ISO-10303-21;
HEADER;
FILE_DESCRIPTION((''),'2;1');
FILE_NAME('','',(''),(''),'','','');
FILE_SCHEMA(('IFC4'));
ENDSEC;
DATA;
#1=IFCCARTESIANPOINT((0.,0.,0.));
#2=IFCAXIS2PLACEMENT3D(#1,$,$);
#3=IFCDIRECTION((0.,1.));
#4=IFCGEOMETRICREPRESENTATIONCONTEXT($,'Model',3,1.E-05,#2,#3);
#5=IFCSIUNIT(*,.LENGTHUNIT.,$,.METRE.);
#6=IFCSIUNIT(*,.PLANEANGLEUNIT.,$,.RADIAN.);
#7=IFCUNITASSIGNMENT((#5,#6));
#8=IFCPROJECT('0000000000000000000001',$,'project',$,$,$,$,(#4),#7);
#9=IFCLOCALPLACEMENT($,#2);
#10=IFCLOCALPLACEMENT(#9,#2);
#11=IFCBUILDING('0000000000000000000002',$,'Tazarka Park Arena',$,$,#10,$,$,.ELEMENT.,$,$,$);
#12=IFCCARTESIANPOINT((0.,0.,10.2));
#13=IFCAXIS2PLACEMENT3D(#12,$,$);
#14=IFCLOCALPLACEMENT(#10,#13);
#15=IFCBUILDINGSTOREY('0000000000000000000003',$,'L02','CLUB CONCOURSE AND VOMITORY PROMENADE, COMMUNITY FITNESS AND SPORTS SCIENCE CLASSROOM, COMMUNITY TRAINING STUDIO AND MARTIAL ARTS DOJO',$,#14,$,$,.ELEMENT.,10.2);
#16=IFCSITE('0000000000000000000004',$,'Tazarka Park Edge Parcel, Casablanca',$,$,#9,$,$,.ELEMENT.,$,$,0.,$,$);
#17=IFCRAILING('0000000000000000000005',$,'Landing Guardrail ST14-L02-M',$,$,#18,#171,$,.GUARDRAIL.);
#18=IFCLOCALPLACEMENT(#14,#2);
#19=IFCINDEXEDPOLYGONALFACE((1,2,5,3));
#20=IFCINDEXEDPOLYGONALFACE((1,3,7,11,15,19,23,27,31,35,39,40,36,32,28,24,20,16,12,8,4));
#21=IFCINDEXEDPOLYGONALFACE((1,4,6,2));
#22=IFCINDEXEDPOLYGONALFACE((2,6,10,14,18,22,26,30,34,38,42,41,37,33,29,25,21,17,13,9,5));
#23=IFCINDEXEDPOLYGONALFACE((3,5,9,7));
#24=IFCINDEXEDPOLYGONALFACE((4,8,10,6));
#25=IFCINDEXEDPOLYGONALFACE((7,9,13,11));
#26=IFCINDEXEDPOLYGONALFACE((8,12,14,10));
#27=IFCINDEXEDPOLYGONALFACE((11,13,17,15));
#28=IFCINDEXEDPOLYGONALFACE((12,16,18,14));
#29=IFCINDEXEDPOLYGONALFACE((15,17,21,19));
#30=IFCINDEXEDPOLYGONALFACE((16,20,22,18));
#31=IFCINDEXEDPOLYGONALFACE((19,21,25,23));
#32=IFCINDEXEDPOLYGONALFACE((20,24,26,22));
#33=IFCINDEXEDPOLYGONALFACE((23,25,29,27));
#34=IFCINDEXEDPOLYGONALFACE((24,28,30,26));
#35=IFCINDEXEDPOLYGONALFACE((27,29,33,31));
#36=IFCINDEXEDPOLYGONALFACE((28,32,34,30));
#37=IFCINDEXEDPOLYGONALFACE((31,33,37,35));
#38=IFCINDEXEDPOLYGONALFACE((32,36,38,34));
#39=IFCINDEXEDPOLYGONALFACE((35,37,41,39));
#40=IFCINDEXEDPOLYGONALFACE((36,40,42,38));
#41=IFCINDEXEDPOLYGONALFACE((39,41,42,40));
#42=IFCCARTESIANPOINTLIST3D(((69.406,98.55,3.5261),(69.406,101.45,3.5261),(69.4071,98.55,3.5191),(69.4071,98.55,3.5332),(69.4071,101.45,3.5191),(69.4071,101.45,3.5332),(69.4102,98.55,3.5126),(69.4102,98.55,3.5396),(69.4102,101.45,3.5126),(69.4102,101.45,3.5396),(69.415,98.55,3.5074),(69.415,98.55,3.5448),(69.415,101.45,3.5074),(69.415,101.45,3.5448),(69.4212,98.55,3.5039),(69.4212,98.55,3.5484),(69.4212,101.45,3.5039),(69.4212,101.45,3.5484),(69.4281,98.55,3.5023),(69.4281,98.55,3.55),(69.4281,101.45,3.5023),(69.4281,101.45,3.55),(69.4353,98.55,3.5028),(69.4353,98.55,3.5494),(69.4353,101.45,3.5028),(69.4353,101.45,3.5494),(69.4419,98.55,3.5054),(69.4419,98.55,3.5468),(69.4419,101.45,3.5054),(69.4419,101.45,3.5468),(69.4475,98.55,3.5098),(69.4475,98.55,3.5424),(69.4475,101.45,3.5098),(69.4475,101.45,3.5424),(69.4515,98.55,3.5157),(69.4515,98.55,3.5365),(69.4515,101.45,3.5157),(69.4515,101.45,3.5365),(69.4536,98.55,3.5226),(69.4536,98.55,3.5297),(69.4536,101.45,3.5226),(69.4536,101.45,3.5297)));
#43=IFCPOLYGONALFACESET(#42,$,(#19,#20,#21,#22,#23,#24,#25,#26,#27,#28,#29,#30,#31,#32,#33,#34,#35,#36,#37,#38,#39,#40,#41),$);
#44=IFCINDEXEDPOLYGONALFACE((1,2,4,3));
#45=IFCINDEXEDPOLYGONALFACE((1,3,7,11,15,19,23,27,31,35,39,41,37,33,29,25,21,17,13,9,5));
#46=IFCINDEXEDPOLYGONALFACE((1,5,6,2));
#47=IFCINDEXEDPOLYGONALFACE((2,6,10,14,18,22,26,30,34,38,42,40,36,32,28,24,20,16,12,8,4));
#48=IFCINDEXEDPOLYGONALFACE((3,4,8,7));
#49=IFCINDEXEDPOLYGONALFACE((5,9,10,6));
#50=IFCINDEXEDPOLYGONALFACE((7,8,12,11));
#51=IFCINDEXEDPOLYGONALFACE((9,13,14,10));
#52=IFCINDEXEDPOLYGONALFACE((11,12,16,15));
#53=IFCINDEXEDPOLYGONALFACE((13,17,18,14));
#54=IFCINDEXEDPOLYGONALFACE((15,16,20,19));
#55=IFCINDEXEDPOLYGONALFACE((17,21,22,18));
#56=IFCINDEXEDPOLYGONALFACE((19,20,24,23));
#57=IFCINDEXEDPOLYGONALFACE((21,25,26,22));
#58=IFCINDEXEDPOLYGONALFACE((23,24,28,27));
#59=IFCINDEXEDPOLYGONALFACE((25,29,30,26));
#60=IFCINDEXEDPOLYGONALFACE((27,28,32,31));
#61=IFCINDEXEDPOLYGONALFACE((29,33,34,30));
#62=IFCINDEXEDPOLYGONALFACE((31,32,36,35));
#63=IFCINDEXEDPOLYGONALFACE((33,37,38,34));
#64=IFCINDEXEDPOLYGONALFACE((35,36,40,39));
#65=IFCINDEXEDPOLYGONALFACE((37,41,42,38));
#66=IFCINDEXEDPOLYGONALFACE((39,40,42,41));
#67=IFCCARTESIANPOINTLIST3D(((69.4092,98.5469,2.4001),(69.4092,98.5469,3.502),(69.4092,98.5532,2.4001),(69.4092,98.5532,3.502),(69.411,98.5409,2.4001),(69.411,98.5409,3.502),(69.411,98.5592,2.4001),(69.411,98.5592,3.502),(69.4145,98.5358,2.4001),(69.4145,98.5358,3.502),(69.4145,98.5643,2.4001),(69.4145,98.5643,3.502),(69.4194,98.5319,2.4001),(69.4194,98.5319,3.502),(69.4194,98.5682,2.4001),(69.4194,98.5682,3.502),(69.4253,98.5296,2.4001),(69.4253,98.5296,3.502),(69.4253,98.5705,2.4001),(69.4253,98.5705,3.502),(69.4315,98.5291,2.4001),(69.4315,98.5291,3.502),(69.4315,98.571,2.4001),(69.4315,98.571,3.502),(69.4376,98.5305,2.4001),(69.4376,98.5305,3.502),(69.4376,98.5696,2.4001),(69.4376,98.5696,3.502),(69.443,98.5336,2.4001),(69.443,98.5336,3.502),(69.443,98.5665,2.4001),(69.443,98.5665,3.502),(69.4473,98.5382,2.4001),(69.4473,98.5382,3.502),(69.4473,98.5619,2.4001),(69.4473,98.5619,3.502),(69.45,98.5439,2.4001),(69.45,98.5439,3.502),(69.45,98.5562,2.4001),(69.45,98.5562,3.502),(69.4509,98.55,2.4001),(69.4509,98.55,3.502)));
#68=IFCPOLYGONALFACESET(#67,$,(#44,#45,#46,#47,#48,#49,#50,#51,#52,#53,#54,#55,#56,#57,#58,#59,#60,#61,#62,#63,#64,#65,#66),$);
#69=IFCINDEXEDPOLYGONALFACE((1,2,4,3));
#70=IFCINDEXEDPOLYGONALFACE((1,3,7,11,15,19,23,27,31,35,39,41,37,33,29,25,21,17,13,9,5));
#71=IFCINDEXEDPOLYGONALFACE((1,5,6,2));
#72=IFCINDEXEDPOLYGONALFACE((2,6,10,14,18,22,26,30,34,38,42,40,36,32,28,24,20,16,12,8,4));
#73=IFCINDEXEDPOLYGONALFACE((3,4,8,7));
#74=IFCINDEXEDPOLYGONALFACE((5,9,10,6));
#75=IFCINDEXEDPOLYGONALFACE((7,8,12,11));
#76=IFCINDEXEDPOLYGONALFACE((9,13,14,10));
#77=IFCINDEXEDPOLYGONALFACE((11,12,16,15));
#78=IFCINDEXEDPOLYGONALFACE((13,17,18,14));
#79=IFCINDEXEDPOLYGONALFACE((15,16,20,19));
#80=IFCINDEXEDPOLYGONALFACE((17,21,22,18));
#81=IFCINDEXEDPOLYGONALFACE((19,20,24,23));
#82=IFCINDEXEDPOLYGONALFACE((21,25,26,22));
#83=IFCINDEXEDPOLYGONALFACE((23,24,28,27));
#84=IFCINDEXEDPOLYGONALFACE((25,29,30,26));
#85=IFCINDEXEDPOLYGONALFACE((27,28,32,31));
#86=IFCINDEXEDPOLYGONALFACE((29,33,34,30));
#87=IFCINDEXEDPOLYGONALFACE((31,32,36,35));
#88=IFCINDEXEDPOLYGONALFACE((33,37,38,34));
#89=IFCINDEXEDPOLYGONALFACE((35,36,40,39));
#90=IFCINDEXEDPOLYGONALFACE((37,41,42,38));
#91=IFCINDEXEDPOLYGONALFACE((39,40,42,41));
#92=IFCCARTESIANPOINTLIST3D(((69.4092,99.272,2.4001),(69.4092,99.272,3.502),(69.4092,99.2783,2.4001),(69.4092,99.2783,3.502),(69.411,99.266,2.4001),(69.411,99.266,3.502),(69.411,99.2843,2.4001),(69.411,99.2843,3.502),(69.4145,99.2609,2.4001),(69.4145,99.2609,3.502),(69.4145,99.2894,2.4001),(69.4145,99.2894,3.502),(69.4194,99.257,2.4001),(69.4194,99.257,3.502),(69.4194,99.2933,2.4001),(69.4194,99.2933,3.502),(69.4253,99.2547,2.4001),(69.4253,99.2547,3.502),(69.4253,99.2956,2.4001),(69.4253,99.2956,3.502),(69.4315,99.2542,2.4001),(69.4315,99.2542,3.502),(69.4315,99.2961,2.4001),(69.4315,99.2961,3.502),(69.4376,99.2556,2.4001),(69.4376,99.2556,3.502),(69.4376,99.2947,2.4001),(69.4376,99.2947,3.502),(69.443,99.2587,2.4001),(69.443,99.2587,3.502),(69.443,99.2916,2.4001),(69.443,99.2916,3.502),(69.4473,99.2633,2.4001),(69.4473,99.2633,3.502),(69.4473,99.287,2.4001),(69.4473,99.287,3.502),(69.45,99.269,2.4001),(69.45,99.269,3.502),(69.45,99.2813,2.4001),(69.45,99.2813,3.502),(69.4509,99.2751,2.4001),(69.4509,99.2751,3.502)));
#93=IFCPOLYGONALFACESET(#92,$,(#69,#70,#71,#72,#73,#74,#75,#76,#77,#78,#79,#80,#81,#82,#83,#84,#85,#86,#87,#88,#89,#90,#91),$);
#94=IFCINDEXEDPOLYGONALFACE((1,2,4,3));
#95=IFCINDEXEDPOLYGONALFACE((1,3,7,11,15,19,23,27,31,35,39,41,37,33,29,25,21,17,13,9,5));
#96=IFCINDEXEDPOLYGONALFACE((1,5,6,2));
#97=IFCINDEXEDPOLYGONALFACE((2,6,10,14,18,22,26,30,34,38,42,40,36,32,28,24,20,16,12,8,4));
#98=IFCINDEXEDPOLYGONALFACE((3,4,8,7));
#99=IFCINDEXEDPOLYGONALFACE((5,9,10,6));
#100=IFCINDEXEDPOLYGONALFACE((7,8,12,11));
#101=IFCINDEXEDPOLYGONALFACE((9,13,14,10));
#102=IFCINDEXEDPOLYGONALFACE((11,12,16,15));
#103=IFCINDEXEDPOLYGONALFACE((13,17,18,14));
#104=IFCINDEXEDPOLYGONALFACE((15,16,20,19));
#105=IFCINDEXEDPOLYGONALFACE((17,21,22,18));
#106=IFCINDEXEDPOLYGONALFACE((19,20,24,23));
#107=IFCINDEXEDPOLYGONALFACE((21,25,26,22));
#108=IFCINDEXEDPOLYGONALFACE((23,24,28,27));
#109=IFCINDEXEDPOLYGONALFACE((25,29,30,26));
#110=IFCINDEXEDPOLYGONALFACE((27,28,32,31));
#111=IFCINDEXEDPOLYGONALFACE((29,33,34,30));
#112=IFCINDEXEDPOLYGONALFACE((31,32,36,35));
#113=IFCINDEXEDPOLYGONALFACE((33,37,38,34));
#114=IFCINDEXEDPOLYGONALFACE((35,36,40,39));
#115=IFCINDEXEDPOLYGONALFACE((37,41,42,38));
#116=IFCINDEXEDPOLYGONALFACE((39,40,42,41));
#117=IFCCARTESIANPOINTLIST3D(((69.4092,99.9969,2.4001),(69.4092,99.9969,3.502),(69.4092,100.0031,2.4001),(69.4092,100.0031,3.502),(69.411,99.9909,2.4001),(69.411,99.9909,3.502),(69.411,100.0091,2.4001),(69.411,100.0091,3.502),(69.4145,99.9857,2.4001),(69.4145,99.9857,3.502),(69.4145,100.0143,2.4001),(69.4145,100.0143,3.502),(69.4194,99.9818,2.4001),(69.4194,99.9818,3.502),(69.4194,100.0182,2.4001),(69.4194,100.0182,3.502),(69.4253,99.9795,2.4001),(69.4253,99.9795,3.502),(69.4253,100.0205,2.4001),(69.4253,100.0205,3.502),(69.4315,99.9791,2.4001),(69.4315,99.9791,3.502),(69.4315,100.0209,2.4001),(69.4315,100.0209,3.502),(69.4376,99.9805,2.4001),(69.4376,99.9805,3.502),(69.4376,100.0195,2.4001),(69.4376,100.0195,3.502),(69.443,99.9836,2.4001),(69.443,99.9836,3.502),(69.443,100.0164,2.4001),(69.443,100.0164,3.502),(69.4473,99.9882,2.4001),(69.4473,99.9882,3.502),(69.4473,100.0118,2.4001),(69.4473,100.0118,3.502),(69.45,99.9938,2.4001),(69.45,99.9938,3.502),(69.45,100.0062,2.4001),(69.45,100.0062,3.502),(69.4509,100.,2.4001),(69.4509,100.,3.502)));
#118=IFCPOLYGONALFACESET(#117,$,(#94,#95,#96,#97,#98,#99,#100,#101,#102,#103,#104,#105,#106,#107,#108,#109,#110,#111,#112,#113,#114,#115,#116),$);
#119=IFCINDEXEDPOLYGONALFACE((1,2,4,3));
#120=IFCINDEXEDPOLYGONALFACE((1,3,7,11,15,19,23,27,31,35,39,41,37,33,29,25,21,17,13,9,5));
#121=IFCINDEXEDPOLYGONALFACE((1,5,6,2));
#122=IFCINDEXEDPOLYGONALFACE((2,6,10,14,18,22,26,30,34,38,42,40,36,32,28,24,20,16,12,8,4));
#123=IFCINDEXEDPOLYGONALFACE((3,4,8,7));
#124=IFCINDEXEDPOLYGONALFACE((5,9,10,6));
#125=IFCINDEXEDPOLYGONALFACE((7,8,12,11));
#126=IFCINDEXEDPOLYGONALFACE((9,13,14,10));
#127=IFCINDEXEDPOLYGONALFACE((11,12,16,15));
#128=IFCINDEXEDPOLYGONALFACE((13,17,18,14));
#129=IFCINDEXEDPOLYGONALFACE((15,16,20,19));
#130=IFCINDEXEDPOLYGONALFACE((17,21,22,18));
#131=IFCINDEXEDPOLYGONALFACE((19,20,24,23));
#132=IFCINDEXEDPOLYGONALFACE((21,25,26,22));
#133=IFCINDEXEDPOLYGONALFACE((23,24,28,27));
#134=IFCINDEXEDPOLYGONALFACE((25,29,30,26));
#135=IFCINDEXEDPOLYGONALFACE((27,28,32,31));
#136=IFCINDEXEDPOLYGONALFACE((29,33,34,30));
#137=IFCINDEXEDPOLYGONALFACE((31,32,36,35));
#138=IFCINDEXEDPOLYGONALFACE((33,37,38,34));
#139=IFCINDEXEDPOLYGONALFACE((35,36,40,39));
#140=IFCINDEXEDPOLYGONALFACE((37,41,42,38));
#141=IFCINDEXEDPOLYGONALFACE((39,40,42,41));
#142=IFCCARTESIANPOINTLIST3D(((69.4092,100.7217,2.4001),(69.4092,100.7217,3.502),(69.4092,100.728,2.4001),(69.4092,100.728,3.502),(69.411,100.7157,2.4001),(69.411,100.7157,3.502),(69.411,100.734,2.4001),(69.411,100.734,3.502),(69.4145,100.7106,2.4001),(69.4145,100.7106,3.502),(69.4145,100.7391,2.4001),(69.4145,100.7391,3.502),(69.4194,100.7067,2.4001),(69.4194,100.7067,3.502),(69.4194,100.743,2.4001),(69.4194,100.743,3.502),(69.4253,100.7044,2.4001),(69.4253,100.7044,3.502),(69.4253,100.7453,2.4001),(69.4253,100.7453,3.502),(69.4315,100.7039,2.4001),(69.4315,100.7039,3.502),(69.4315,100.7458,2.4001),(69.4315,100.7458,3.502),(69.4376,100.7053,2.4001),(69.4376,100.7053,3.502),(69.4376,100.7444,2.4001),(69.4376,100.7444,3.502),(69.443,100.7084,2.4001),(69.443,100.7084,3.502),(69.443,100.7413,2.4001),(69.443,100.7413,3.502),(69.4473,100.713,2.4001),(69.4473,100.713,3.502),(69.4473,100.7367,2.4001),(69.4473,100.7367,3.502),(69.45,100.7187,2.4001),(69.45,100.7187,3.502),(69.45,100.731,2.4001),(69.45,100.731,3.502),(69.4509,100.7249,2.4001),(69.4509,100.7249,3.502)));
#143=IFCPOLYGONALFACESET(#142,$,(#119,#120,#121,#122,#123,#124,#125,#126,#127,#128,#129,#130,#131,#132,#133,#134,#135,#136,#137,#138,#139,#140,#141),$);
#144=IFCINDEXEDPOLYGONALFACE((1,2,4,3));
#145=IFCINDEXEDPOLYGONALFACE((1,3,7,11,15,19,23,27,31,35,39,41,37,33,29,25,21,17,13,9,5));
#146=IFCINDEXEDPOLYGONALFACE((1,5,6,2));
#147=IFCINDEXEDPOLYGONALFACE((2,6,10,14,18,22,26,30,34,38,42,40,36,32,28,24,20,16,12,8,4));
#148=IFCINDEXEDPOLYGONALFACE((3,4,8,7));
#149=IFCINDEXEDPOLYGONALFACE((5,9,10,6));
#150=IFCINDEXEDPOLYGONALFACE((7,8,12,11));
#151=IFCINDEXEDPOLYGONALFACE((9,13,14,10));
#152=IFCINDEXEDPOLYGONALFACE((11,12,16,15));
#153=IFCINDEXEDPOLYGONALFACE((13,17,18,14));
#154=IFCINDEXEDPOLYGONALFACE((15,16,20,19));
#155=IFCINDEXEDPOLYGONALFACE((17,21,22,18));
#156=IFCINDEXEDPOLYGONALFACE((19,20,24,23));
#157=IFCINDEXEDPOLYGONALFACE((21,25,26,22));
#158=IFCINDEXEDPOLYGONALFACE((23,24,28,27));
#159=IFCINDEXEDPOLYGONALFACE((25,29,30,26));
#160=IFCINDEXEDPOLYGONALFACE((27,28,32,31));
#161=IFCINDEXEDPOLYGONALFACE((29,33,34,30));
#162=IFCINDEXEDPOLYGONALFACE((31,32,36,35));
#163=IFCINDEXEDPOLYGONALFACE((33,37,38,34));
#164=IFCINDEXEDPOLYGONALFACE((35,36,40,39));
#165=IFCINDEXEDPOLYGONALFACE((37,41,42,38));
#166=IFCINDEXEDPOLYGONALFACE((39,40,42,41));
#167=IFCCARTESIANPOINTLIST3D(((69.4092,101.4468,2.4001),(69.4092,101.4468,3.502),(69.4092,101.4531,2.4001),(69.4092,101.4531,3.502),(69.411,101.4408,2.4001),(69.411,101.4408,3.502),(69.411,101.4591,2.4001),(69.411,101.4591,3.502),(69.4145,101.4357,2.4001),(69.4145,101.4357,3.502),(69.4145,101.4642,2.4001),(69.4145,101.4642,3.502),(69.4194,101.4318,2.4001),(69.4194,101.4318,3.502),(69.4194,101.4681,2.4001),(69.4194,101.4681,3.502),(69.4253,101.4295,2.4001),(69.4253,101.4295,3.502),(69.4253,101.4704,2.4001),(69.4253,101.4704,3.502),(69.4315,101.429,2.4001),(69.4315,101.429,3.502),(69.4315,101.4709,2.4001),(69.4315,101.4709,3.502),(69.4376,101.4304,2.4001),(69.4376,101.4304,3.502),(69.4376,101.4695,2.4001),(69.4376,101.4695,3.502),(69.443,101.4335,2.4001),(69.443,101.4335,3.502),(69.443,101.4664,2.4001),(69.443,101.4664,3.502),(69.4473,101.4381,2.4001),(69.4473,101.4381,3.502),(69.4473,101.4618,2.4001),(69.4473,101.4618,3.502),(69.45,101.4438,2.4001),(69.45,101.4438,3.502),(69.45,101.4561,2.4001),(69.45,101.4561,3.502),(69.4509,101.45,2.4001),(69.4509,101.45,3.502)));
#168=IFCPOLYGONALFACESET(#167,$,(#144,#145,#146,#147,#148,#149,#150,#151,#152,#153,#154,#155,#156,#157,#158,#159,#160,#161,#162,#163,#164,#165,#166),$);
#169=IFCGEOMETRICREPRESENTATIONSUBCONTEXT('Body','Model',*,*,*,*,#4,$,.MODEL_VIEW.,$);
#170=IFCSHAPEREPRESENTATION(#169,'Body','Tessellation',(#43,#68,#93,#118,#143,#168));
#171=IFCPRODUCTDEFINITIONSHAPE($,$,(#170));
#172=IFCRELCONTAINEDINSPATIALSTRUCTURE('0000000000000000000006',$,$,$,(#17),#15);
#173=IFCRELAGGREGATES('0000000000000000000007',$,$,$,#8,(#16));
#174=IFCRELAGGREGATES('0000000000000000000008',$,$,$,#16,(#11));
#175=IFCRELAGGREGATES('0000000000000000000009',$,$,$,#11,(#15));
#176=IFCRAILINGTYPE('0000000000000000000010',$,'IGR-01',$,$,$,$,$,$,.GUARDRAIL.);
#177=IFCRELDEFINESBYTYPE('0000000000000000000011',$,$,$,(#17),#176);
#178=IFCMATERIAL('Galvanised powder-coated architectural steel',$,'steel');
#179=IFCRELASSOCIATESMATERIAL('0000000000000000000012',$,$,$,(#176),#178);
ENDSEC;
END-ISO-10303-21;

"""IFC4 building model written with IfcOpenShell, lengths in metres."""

from ifc_helpers import new_model, si_unit, direction, frame, origin, origin_2d, place, context, subcontext, project, spatial, circle, extrude, material, type_object, element, save


model = new_model("IFC4")

# Units and contexts
model_context = context("Model", 3, precision=1e-05, world=origin(), true_north=direction((0.0, 1.0)))
body_context = subcontext(model_context, "Body", "Model", "MODEL_VIEW")
ifc_project = project(units=[si_unit("LENGTHUNIT", "METRE"), si_unit("PLANEANGLEUNIT", "RADIAN")], contexts=[model_context])

# Site, building, storey
site_placement = place(None, origin())
site = spatial("IfcSite", under=ifc_project, at=site_placement, Name="Tazarka Park Edge Parcel, Casablanca", CompositionType="ELEMENT", RefElevation=0.0)
building_placement = place(site_placement, origin())
building = spatial("IfcBuilding", under=site, at=building_placement, Name="Tazarka Park Arena", CompositionType="ELEMENT")
storey_placement = place(building_placement, frame((0.0, 0.0, 10.2)))
storey = spatial("IfcBuildingStorey", under=building, at=storey_placement, Name="L02", Description="CLUB CONCOURSE AND VOMITORY PROMENADE, COMMUNITY FITNESS AND SPORTS SCIENCE CLASSROOM, COMMUNITY TRAINING STUDIO AND MARTIAL ARTS DOJO", CompositionType="ELEMENT", Elevation=10.2)

# Railing
ifc_material_1 = material(Name="Galvanised powder-coated architectural steel", Category="steel")
railing_type_1 = type_object("IfcRailingType", Name="IGR-01", PredefinedType="GUARDRAIL", material=ifc_material_1)
for number, where, name in (
    (1, (69.4299, 98.55, 2.4001), "Landing Guardrail ST14-L02-M"),
):
    element("IfcRailing", number, at=place(storey_placement, frame(where)), inside=storey, type_object=railing_type_1, Name=name, PredefinedType="GUARDRAIL", context=body_context, shape_type="SweptSolid", body=[
        extrude(circle(Radius=0.0239, at=origin_2d()), frame((0.0, 0.0, 1.126), z_axis=(0.0, 1.0, 0.0), x_axis=(-1.0, 0.0, 0.0)), (0.0, 0.0, 1.0), 2.8999),
        extrude(circle(Radius=0.021, at=origin_2d()), origin(), (0.0, 0.0, 1.0), 1.1018),
        extrude(circle(Radius=0.021, at=origin_2d()), frame((0.0, 0.7251, 0.0)), (0.0, 0.0, 1.0), 1.1018),
        extrude(circle(Radius=0.021, at=origin_2d()), frame((0.0, 1.45, 0.0)), (0.0, 0.0, 1.0), 1.1018),
        extrude(circle(Radius=0.021, at=origin_2d()), frame((0.0, 2.1748, 0.0)), (0.0, 0.0, 1.0), 1.1018),
        extrude(circle(Radius=0.021, at=origin_2d()), frame((0.0, 2.8999, 0.0)), (0.0, 0.0, 1.0), 1.1018),
    ])

save(model, "model.ifc")
